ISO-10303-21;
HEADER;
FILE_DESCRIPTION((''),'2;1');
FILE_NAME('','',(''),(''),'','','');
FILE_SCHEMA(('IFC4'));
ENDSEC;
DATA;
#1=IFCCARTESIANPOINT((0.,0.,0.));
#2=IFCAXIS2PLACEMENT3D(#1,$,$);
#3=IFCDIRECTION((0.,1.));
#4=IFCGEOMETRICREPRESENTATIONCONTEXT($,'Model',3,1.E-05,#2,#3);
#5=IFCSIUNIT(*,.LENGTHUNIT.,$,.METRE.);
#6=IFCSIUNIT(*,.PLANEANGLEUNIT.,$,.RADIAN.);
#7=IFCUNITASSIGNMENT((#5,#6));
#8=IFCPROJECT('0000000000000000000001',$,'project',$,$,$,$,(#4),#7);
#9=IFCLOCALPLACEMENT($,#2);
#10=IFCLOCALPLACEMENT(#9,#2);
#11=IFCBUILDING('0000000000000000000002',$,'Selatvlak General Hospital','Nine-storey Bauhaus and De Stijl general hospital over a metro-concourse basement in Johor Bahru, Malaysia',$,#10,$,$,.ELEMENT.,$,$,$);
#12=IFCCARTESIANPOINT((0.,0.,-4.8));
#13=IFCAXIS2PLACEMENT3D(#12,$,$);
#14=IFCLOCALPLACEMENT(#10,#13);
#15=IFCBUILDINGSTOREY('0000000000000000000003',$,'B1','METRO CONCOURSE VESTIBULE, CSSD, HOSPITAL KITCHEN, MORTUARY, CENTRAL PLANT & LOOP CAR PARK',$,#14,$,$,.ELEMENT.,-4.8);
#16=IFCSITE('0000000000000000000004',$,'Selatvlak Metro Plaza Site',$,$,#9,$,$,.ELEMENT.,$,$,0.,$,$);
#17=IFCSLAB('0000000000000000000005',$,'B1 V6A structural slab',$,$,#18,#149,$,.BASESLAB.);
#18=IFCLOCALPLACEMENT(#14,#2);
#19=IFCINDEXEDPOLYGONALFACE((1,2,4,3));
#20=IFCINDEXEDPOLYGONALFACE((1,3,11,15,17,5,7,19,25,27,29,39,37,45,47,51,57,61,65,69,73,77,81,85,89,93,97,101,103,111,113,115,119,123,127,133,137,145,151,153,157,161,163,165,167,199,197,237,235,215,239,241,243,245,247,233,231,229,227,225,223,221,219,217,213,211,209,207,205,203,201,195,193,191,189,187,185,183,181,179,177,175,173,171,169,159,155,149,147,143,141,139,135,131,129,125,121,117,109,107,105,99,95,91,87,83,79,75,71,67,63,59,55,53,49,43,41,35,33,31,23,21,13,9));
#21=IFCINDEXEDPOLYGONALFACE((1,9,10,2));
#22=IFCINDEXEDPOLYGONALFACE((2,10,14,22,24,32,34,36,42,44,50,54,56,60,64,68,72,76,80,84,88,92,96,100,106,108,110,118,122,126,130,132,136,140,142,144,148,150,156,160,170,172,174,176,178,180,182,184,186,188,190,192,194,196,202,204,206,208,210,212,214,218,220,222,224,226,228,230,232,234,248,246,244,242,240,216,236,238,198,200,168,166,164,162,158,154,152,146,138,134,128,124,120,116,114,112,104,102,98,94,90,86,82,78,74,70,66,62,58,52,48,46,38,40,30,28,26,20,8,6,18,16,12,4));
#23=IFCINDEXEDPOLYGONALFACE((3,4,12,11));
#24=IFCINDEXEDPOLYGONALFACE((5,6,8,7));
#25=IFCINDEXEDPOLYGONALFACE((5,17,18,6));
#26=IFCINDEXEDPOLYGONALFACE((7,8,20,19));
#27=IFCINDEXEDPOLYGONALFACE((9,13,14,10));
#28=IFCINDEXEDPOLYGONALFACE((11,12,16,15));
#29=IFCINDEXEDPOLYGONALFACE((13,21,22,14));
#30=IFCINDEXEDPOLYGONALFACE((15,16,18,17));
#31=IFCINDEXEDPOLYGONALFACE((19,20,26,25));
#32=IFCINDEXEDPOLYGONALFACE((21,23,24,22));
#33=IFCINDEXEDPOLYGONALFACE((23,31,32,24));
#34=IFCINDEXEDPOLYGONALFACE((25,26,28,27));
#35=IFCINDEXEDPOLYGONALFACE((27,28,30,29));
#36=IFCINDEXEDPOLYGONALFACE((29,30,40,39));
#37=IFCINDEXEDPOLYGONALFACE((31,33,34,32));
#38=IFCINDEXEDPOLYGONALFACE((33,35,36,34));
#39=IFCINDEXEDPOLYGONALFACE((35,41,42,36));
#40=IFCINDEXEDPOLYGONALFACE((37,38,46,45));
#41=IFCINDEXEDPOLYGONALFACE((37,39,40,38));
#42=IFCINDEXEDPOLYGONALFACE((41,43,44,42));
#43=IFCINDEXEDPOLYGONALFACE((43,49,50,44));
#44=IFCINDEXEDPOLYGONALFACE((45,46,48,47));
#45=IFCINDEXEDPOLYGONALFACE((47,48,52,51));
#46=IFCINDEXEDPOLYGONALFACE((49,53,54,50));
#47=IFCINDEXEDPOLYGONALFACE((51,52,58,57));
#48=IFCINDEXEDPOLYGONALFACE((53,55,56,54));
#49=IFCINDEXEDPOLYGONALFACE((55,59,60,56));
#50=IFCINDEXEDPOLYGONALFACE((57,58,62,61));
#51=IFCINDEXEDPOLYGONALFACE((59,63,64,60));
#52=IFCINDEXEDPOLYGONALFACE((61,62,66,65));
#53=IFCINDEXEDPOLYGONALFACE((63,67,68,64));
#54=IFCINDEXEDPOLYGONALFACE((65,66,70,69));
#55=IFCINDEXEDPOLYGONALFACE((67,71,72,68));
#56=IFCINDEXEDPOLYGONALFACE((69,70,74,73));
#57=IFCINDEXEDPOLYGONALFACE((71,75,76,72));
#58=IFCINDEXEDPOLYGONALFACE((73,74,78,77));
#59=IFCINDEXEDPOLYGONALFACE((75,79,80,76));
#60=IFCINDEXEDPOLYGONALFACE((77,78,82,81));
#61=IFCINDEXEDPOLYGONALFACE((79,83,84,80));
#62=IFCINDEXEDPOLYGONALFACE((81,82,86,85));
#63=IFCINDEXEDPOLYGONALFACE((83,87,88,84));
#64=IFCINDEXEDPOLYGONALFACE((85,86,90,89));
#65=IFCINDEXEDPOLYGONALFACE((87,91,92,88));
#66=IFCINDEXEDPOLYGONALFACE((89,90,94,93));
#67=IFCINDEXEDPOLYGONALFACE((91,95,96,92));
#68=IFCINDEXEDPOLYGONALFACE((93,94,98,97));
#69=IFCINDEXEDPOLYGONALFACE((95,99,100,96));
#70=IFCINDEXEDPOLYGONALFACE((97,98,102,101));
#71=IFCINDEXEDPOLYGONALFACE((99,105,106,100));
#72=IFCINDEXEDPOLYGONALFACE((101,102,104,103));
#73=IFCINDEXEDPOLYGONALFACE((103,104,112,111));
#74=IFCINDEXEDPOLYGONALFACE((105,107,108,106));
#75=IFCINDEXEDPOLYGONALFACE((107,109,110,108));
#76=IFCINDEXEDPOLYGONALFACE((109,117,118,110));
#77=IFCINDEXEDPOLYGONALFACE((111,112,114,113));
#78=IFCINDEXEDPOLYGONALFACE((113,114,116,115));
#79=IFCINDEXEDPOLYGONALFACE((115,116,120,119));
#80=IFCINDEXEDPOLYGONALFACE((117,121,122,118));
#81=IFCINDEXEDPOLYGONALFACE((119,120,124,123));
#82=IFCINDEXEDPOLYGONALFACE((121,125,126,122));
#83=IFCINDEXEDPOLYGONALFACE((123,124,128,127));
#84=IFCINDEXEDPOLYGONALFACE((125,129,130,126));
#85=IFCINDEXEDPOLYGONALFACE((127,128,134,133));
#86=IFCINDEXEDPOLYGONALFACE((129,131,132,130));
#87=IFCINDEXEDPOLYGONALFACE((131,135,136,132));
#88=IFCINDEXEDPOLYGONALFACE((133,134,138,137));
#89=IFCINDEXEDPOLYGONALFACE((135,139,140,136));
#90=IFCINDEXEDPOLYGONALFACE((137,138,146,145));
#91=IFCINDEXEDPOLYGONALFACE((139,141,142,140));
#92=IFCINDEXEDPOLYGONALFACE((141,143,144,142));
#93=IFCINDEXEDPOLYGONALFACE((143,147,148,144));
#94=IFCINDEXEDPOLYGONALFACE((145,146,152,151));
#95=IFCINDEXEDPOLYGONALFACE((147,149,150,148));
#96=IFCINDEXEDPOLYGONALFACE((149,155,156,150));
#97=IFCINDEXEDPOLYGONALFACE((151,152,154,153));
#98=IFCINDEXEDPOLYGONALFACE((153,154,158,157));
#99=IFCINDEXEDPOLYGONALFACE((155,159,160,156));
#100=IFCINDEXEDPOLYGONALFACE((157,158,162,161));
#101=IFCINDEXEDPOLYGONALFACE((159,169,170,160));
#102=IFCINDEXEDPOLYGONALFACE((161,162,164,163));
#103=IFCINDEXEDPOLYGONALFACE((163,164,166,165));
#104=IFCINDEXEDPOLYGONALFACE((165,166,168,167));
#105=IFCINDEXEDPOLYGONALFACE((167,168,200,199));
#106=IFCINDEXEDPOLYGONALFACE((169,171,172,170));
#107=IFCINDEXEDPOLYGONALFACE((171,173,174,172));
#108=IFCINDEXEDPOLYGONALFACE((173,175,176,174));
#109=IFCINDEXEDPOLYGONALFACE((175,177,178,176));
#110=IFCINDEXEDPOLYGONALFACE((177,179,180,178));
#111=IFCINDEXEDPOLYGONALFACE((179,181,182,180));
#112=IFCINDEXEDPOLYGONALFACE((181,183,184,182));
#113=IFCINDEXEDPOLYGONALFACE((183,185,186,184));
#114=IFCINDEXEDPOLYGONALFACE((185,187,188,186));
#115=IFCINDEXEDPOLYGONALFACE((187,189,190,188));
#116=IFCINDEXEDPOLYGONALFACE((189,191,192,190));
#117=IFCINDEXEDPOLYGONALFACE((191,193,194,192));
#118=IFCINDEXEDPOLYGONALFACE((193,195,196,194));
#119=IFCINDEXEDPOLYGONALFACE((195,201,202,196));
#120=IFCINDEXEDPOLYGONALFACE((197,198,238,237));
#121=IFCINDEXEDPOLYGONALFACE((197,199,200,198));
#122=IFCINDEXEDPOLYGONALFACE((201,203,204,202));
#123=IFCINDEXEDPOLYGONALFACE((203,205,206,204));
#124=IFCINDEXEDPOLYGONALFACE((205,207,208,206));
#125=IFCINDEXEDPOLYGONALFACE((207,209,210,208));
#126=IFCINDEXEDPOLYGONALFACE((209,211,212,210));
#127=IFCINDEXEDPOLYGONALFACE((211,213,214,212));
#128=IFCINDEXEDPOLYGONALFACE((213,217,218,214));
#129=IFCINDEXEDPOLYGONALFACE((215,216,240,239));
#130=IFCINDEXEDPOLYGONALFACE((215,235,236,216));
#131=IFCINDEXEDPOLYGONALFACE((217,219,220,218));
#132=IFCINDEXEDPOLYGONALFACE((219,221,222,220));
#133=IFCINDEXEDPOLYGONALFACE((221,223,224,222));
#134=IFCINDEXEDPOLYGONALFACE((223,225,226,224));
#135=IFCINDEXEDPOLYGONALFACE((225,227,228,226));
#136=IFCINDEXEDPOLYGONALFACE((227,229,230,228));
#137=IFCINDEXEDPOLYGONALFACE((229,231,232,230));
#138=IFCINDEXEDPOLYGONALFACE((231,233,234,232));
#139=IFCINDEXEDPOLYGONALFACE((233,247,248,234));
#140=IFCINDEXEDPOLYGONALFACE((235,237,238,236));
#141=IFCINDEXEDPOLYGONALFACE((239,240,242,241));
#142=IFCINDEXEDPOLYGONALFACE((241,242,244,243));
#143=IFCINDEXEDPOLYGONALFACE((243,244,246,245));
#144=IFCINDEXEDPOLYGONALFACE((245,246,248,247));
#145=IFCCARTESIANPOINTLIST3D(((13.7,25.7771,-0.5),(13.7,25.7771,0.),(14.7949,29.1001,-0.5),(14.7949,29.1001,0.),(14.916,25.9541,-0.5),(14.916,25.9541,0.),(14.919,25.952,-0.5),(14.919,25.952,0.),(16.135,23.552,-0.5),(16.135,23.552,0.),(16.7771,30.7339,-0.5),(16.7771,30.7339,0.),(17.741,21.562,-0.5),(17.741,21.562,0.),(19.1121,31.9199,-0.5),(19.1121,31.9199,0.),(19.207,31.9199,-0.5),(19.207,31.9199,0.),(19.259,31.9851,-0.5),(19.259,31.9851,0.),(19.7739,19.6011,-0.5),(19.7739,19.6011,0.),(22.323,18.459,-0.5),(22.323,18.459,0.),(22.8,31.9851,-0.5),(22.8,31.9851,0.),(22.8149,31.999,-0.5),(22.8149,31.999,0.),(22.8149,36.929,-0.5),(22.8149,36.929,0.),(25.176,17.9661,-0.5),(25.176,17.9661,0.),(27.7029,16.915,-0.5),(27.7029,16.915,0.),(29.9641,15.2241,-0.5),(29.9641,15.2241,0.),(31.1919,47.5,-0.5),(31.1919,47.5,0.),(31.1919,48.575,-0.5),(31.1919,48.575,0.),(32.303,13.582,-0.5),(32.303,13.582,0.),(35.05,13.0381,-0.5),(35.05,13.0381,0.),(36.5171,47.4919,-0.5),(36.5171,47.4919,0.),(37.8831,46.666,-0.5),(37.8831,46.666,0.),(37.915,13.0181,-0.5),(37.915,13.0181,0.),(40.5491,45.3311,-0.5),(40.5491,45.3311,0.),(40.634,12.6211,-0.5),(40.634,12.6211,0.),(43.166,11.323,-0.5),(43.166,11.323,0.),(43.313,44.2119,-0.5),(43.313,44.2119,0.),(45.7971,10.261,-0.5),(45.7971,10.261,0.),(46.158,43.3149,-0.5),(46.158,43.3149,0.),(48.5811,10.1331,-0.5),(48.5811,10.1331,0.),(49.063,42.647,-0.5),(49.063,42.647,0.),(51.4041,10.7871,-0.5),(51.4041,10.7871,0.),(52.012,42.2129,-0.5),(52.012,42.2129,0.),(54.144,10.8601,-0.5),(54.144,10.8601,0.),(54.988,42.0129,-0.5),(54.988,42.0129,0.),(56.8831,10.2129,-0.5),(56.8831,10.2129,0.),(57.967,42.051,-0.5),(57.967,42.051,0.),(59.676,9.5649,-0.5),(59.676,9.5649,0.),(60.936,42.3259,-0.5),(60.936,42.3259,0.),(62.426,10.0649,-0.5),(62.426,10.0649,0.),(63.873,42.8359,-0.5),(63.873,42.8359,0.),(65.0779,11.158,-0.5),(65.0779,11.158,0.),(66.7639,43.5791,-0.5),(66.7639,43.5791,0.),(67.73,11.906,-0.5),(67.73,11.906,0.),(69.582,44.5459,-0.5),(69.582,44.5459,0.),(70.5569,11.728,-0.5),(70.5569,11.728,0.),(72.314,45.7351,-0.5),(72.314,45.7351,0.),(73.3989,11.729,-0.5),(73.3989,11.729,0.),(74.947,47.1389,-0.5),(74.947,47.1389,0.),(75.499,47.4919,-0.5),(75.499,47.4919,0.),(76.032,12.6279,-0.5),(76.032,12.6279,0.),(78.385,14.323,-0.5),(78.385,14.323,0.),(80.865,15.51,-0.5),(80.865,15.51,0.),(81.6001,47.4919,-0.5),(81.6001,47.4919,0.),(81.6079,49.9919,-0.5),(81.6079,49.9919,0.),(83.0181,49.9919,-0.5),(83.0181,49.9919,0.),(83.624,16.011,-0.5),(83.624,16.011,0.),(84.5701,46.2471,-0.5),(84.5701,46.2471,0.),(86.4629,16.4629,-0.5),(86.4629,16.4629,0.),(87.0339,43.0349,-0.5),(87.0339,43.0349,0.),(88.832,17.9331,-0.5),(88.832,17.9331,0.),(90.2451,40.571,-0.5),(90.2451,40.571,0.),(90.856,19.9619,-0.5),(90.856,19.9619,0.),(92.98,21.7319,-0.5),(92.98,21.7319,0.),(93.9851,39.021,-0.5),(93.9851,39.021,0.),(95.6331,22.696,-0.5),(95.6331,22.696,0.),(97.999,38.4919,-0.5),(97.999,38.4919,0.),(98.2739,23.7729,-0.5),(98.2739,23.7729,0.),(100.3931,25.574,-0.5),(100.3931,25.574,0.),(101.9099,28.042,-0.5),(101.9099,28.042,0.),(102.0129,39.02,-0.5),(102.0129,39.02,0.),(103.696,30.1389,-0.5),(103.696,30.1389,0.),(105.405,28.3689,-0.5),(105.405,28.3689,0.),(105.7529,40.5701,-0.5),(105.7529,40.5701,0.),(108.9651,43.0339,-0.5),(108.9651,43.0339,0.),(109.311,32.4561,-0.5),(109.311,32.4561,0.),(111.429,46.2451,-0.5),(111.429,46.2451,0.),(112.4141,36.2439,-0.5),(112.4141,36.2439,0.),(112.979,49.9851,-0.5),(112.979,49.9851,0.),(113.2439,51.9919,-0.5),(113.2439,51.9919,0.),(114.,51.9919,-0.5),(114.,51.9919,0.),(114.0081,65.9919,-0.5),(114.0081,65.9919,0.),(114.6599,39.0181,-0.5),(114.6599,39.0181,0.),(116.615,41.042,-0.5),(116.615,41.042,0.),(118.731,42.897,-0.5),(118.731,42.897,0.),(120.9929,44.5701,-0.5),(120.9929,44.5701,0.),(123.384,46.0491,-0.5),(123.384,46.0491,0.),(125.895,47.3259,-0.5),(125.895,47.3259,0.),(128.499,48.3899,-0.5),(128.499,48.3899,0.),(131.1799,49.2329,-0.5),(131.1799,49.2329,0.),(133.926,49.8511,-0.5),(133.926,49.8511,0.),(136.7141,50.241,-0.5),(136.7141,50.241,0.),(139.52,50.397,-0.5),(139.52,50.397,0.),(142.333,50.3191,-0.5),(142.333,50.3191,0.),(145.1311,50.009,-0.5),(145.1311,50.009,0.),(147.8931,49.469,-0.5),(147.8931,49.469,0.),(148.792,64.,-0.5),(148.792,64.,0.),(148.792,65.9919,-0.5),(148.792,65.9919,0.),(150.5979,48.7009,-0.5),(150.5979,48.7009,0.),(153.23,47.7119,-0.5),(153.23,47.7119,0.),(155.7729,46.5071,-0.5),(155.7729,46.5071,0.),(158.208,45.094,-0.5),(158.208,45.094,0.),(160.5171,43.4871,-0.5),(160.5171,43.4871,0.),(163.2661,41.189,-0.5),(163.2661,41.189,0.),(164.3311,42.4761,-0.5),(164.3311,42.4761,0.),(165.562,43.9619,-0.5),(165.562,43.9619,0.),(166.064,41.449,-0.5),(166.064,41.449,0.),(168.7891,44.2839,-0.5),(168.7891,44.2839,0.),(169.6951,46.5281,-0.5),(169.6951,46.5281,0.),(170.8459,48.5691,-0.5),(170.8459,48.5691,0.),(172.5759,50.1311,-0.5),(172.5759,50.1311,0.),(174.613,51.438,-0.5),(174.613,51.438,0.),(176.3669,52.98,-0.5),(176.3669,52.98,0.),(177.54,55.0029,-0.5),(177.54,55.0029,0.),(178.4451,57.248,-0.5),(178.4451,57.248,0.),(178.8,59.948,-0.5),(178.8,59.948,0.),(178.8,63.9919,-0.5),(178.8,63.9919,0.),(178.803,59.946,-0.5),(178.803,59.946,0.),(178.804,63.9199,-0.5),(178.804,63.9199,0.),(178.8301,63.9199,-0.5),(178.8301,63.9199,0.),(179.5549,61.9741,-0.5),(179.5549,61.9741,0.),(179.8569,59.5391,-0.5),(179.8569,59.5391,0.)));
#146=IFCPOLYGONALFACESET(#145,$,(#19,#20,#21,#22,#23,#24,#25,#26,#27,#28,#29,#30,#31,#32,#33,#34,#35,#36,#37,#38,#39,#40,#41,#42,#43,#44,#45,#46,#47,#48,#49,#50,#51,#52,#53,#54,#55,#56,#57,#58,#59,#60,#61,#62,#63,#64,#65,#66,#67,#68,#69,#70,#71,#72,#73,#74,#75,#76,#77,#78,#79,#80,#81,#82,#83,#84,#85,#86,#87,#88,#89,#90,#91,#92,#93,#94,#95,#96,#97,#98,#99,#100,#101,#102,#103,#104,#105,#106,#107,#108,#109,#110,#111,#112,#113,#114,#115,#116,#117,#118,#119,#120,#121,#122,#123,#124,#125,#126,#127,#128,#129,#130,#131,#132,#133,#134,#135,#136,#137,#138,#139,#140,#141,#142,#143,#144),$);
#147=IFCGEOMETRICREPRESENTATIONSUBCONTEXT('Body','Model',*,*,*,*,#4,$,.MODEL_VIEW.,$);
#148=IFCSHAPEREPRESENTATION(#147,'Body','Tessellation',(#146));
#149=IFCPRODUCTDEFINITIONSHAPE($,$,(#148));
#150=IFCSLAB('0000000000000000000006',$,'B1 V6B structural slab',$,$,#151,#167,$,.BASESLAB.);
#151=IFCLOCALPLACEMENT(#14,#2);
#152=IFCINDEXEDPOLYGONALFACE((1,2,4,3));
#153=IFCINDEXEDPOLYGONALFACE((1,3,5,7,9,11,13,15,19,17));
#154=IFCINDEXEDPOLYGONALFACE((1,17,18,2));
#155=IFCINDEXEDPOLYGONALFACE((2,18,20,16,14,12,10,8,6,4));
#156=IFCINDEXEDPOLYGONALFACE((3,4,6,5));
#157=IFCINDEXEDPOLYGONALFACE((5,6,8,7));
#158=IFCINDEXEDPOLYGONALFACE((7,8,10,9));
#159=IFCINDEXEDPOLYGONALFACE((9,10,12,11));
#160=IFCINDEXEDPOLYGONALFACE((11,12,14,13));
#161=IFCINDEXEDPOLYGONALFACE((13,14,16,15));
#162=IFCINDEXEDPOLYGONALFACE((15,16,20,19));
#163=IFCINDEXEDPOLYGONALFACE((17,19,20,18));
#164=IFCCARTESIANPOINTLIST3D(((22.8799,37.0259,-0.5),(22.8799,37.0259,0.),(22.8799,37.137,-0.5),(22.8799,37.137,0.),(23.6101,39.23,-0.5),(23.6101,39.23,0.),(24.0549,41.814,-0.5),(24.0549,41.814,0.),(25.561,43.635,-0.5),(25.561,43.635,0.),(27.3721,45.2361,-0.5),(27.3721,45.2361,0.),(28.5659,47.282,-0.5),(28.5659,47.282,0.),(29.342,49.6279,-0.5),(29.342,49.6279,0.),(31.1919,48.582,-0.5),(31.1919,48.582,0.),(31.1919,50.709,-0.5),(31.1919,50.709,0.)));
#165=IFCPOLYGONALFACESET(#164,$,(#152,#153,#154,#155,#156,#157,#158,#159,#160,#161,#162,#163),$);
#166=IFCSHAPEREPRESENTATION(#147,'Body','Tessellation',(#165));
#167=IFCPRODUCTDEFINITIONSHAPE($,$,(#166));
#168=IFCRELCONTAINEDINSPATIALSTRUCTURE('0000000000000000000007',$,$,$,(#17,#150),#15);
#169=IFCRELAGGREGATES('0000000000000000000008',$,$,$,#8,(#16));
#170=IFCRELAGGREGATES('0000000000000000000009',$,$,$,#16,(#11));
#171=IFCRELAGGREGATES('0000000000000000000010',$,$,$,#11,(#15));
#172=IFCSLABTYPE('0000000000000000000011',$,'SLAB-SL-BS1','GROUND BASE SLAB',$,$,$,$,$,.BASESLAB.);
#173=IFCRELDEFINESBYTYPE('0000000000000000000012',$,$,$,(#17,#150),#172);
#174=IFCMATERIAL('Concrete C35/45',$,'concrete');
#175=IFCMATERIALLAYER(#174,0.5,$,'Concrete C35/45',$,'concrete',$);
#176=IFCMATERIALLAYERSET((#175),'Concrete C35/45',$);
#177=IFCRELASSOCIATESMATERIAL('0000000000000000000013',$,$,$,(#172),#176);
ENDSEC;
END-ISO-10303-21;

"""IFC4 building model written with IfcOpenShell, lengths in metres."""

from ifc_helpers import new_model, si_unit, direction, frame, origin, place, context, subcontext, project, spatial, polyline, outline, extrude, material, layer, layer_set, type_object, element, save


model = new_model("IFC4")

# Units and contexts
model_context = context("Model", 3, precision=1e-05, world=origin(), true_north=direction((0.0, 1.0)))
body_context = subcontext(model_context, "Body", "Model", "MODEL_VIEW")
ifc_project = project(units=[si_unit("LENGTHUNIT", "METRE"), si_unit("PLANEANGLEUNIT", "RADIAN")], contexts=[model_context])

# Site, building, storey
site_placement = place(None, origin())
site = spatial("IfcSite", under=ifc_project, at=site_placement, Name="Selatvlak Metro Plaza Site", CompositionType="ELEMENT", RefElevation=0.0)
building_placement = place(site_placement, origin())
building = spatial("IfcBuilding", under=site, at=building_placement, Name="Selatvlak General Hospital", Description="Nine-storey Bauhaus and De Stijl general hospital over a metro-concourse basement in Johor Bahru, Malaysia", CompositionType="ELEMENT")
storey_placement = place(building_placement, frame((0.0, 0.0, -4.8)))
storey = spatial("IfcBuildingStorey", under=building, at=storey_placement, Name="B1", Description="METRO CONCOURSE VESTIBULE, CSSD, HOSPITAL KITCHEN, MORTUARY, CENTRAL PLANT & LOOP CAR PARK", CompositionType="ELEMENT", Elevation=-4.8)

# Slabs
ifc_material_1 = material(Name="Concrete C35/45", Category="concrete")
ifc_layer_1 = layer(ifc_material_1, 0.5, Name="Concrete C35/45", Category="concrete")
ifc_layer_set_1 = layer_set([ifc_layer_1], Name="Concrete C35/45")
slab_type_1 = type_object("IfcSlabType", Name="SLAB-SL-BS1", Description="GROUND BASE SLAB", PredefinedType="BASESLAB", material=ifc_layer_set_1)
slab_1_placement = place(storey_placement, frame((0.0, 0.0, -0.5)))
element("IfcSlab", 1, at=slab_1_placement, inside=storey, type_object=slab_type_1, Name="B1 V6A structural slab", PredefinedType="BASESLAB", context=body_context, shape_type="SweptSolid", body=[
    extrude(outline(polyline([(49.063, 42.647), (52.012, 42.2129), (54.988, 42.0129), (57.967, 42.051), (60.936, 42.3259), (63.873, 42.8359), (66.7639, 43.5791), (69.582, 44.5459), (72.314, 45.7351), (74.947, 47.1389), (75.499, 47.4919), (81.6001, 47.4919), (81.6079, 49.9919), (83.0181, 49.9919), (84.5701, 46.2471), (87.0339, 43.0349), (90.2451, 40.571), (93.9851, 39.021), (97.999, 38.4919), (102.0129, 39.02), (105.7529, 40.5701), (108.9651, 43.0339), (111.429, 46.2451), (112.979, 49.9851), (113.2439, 51.9919), (114.0, 51.9919), (114.0081, 65.9919), (148.792, 65.9919), (148.792, 64.0), (178.8, 63.9919), (178.8, 59.948), (165.562, 43.9619), (178.803, 59.946), (178.804, 63.9199), (178.8301, 63.9199), (179.5549, 61.9741), (179.8569, 59.5391), (178.4451, 57.248), (177.54, 55.0029), (176.3669, 52.98), (174.613, 51.438), (172.5759, 50.1311), (170.8459, 48.5691), (169.6951, 46.5281), (168.7891, 44.2839), (166.064, 41.449), (164.3311, 42.4761), (163.2661, 41.189), (160.5171, 43.4871), (158.208, 45.094), (155.7729, 46.5071), (153.23, 47.7119), (150.5979, 48.7009), (147.8931, 49.469), (145.1311, 50.009), (142.333, 50.3191), (139.52, 50.397), (136.7141, 50.241), (133.926, 49.8511), (131.1799, 49.2329), (128.499, 48.3899), (125.895, 47.3259), (123.384, 46.0491), (120.9929, 44.5701), (118.731, 42.897), (116.615, 41.042), (114.6599, 39.0181), (112.4141, 36.2439), (109.311, 32.4561), (105.405, 28.3689), (103.696, 30.1389), (101.9099, 28.042), (100.3931, 25.574), (98.2739, 23.7729), (95.6331, 22.696), (92.98, 21.7319), (90.856, 19.9619), (88.832, 17.9331), (86.4629, 16.4629), (83.624, 16.011), (80.865, 15.51), (78.385, 14.323), (76.032, 12.6279), (73.3989, 11.729), (70.5569, 11.728), (67.73, 11.906), (65.0779, 11.158), (62.426, 10.0649), (59.676, 9.5649), (56.8831, 10.2129), (54.144, 10.8601), (51.4041, 10.7871), (48.5811, 10.1331), (45.7971, 10.261), (43.166, 11.323), (40.634, 12.6211), (37.915, 13.0181), (35.05, 13.0381), (32.303, 13.582), (29.9641, 15.2241), (27.7029, 16.915), (25.176, 17.9661), (22.323, 18.459), (19.7739, 19.6011), (17.741, 21.562), (16.135, 23.552), (13.7, 25.7771), (14.7949, 29.1001), (16.7771, 30.7339), (19.1121, 31.9199), (19.207, 31.9199), (14.916, 25.9541), (18.7971, 23.1731), (23.3911, 20.395), (28.189, 17.991), (33.1631, 15.9761), (38.281, 14.363), (43.512, 13.1609), (48.821, 12.3789), (54.176, 12.021), (59.543, 12.0891), (64.8879, 12.584), (70.176, 13.502), (75.3711, 14.835), (80.449, 16.5779), (85.3721, 18.7209), (90.105, 21.2451), (94.626, 24.1389), (98.9021, 27.384), (102.907, 30.9551), (98.8999, 27.387), (94.624, 24.1421), (90.103, 21.249), (85.3701, 18.7251), (80.448, 16.582), (75.3701, 14.8391), (70.175, 13.5061), (64.8879, 12.5879), (59.543, 12.093), (54.176, 12.0249), (48.822, 12.3831), (43.5129, 13.165), (38.282, 14.3669), (33.165, 15.98), (28.1909, 17.9951), (23.3931, 20.3979), (18.7991, 23.176), (14.9189, 25.9519), (19.259, 31.9851), (22.8, 31.9851), (22.8149, 31.999), (22.8149, 36.929), (31.1919, 48.575), (31.1919, 47.5), (36.5171, 47.4919), (37.8831, 46.666), (40.5491, 45.3311), (43.313, 44.2119), (46.158, 43.3149), (49.063, 42.647)])), origin(), (0.0, 0.0, 1.0), 0.5),
])
slab_2_placement = place(storey_placement, frame((0.0, 0.0, -0.5)))
element("IfcSlab", 2, at=slab_2_placement, inside=storey, type_object=slab_type_1, Name="B1 V6B structural slab", PredefinedType="BASESLAB", context=body_context, shape_type="SweptSolid", body=[
    extrude(outline(polyline([(22.8799, 37.0259), (22.8799, 37.137), (23.6101, 39.23), (24.0549, 41.814), (25.561, 43.635), (27.3721, 45.2361), (28.5659, 47.282), (29.342, 49.6279), (31.1919, 50.709), (31.1919, 48.582), (22.8799, 37.0259)])), origin(), (0.0, 0.0, 1.0), 0.5),
])

save(model, "model.ifc")
